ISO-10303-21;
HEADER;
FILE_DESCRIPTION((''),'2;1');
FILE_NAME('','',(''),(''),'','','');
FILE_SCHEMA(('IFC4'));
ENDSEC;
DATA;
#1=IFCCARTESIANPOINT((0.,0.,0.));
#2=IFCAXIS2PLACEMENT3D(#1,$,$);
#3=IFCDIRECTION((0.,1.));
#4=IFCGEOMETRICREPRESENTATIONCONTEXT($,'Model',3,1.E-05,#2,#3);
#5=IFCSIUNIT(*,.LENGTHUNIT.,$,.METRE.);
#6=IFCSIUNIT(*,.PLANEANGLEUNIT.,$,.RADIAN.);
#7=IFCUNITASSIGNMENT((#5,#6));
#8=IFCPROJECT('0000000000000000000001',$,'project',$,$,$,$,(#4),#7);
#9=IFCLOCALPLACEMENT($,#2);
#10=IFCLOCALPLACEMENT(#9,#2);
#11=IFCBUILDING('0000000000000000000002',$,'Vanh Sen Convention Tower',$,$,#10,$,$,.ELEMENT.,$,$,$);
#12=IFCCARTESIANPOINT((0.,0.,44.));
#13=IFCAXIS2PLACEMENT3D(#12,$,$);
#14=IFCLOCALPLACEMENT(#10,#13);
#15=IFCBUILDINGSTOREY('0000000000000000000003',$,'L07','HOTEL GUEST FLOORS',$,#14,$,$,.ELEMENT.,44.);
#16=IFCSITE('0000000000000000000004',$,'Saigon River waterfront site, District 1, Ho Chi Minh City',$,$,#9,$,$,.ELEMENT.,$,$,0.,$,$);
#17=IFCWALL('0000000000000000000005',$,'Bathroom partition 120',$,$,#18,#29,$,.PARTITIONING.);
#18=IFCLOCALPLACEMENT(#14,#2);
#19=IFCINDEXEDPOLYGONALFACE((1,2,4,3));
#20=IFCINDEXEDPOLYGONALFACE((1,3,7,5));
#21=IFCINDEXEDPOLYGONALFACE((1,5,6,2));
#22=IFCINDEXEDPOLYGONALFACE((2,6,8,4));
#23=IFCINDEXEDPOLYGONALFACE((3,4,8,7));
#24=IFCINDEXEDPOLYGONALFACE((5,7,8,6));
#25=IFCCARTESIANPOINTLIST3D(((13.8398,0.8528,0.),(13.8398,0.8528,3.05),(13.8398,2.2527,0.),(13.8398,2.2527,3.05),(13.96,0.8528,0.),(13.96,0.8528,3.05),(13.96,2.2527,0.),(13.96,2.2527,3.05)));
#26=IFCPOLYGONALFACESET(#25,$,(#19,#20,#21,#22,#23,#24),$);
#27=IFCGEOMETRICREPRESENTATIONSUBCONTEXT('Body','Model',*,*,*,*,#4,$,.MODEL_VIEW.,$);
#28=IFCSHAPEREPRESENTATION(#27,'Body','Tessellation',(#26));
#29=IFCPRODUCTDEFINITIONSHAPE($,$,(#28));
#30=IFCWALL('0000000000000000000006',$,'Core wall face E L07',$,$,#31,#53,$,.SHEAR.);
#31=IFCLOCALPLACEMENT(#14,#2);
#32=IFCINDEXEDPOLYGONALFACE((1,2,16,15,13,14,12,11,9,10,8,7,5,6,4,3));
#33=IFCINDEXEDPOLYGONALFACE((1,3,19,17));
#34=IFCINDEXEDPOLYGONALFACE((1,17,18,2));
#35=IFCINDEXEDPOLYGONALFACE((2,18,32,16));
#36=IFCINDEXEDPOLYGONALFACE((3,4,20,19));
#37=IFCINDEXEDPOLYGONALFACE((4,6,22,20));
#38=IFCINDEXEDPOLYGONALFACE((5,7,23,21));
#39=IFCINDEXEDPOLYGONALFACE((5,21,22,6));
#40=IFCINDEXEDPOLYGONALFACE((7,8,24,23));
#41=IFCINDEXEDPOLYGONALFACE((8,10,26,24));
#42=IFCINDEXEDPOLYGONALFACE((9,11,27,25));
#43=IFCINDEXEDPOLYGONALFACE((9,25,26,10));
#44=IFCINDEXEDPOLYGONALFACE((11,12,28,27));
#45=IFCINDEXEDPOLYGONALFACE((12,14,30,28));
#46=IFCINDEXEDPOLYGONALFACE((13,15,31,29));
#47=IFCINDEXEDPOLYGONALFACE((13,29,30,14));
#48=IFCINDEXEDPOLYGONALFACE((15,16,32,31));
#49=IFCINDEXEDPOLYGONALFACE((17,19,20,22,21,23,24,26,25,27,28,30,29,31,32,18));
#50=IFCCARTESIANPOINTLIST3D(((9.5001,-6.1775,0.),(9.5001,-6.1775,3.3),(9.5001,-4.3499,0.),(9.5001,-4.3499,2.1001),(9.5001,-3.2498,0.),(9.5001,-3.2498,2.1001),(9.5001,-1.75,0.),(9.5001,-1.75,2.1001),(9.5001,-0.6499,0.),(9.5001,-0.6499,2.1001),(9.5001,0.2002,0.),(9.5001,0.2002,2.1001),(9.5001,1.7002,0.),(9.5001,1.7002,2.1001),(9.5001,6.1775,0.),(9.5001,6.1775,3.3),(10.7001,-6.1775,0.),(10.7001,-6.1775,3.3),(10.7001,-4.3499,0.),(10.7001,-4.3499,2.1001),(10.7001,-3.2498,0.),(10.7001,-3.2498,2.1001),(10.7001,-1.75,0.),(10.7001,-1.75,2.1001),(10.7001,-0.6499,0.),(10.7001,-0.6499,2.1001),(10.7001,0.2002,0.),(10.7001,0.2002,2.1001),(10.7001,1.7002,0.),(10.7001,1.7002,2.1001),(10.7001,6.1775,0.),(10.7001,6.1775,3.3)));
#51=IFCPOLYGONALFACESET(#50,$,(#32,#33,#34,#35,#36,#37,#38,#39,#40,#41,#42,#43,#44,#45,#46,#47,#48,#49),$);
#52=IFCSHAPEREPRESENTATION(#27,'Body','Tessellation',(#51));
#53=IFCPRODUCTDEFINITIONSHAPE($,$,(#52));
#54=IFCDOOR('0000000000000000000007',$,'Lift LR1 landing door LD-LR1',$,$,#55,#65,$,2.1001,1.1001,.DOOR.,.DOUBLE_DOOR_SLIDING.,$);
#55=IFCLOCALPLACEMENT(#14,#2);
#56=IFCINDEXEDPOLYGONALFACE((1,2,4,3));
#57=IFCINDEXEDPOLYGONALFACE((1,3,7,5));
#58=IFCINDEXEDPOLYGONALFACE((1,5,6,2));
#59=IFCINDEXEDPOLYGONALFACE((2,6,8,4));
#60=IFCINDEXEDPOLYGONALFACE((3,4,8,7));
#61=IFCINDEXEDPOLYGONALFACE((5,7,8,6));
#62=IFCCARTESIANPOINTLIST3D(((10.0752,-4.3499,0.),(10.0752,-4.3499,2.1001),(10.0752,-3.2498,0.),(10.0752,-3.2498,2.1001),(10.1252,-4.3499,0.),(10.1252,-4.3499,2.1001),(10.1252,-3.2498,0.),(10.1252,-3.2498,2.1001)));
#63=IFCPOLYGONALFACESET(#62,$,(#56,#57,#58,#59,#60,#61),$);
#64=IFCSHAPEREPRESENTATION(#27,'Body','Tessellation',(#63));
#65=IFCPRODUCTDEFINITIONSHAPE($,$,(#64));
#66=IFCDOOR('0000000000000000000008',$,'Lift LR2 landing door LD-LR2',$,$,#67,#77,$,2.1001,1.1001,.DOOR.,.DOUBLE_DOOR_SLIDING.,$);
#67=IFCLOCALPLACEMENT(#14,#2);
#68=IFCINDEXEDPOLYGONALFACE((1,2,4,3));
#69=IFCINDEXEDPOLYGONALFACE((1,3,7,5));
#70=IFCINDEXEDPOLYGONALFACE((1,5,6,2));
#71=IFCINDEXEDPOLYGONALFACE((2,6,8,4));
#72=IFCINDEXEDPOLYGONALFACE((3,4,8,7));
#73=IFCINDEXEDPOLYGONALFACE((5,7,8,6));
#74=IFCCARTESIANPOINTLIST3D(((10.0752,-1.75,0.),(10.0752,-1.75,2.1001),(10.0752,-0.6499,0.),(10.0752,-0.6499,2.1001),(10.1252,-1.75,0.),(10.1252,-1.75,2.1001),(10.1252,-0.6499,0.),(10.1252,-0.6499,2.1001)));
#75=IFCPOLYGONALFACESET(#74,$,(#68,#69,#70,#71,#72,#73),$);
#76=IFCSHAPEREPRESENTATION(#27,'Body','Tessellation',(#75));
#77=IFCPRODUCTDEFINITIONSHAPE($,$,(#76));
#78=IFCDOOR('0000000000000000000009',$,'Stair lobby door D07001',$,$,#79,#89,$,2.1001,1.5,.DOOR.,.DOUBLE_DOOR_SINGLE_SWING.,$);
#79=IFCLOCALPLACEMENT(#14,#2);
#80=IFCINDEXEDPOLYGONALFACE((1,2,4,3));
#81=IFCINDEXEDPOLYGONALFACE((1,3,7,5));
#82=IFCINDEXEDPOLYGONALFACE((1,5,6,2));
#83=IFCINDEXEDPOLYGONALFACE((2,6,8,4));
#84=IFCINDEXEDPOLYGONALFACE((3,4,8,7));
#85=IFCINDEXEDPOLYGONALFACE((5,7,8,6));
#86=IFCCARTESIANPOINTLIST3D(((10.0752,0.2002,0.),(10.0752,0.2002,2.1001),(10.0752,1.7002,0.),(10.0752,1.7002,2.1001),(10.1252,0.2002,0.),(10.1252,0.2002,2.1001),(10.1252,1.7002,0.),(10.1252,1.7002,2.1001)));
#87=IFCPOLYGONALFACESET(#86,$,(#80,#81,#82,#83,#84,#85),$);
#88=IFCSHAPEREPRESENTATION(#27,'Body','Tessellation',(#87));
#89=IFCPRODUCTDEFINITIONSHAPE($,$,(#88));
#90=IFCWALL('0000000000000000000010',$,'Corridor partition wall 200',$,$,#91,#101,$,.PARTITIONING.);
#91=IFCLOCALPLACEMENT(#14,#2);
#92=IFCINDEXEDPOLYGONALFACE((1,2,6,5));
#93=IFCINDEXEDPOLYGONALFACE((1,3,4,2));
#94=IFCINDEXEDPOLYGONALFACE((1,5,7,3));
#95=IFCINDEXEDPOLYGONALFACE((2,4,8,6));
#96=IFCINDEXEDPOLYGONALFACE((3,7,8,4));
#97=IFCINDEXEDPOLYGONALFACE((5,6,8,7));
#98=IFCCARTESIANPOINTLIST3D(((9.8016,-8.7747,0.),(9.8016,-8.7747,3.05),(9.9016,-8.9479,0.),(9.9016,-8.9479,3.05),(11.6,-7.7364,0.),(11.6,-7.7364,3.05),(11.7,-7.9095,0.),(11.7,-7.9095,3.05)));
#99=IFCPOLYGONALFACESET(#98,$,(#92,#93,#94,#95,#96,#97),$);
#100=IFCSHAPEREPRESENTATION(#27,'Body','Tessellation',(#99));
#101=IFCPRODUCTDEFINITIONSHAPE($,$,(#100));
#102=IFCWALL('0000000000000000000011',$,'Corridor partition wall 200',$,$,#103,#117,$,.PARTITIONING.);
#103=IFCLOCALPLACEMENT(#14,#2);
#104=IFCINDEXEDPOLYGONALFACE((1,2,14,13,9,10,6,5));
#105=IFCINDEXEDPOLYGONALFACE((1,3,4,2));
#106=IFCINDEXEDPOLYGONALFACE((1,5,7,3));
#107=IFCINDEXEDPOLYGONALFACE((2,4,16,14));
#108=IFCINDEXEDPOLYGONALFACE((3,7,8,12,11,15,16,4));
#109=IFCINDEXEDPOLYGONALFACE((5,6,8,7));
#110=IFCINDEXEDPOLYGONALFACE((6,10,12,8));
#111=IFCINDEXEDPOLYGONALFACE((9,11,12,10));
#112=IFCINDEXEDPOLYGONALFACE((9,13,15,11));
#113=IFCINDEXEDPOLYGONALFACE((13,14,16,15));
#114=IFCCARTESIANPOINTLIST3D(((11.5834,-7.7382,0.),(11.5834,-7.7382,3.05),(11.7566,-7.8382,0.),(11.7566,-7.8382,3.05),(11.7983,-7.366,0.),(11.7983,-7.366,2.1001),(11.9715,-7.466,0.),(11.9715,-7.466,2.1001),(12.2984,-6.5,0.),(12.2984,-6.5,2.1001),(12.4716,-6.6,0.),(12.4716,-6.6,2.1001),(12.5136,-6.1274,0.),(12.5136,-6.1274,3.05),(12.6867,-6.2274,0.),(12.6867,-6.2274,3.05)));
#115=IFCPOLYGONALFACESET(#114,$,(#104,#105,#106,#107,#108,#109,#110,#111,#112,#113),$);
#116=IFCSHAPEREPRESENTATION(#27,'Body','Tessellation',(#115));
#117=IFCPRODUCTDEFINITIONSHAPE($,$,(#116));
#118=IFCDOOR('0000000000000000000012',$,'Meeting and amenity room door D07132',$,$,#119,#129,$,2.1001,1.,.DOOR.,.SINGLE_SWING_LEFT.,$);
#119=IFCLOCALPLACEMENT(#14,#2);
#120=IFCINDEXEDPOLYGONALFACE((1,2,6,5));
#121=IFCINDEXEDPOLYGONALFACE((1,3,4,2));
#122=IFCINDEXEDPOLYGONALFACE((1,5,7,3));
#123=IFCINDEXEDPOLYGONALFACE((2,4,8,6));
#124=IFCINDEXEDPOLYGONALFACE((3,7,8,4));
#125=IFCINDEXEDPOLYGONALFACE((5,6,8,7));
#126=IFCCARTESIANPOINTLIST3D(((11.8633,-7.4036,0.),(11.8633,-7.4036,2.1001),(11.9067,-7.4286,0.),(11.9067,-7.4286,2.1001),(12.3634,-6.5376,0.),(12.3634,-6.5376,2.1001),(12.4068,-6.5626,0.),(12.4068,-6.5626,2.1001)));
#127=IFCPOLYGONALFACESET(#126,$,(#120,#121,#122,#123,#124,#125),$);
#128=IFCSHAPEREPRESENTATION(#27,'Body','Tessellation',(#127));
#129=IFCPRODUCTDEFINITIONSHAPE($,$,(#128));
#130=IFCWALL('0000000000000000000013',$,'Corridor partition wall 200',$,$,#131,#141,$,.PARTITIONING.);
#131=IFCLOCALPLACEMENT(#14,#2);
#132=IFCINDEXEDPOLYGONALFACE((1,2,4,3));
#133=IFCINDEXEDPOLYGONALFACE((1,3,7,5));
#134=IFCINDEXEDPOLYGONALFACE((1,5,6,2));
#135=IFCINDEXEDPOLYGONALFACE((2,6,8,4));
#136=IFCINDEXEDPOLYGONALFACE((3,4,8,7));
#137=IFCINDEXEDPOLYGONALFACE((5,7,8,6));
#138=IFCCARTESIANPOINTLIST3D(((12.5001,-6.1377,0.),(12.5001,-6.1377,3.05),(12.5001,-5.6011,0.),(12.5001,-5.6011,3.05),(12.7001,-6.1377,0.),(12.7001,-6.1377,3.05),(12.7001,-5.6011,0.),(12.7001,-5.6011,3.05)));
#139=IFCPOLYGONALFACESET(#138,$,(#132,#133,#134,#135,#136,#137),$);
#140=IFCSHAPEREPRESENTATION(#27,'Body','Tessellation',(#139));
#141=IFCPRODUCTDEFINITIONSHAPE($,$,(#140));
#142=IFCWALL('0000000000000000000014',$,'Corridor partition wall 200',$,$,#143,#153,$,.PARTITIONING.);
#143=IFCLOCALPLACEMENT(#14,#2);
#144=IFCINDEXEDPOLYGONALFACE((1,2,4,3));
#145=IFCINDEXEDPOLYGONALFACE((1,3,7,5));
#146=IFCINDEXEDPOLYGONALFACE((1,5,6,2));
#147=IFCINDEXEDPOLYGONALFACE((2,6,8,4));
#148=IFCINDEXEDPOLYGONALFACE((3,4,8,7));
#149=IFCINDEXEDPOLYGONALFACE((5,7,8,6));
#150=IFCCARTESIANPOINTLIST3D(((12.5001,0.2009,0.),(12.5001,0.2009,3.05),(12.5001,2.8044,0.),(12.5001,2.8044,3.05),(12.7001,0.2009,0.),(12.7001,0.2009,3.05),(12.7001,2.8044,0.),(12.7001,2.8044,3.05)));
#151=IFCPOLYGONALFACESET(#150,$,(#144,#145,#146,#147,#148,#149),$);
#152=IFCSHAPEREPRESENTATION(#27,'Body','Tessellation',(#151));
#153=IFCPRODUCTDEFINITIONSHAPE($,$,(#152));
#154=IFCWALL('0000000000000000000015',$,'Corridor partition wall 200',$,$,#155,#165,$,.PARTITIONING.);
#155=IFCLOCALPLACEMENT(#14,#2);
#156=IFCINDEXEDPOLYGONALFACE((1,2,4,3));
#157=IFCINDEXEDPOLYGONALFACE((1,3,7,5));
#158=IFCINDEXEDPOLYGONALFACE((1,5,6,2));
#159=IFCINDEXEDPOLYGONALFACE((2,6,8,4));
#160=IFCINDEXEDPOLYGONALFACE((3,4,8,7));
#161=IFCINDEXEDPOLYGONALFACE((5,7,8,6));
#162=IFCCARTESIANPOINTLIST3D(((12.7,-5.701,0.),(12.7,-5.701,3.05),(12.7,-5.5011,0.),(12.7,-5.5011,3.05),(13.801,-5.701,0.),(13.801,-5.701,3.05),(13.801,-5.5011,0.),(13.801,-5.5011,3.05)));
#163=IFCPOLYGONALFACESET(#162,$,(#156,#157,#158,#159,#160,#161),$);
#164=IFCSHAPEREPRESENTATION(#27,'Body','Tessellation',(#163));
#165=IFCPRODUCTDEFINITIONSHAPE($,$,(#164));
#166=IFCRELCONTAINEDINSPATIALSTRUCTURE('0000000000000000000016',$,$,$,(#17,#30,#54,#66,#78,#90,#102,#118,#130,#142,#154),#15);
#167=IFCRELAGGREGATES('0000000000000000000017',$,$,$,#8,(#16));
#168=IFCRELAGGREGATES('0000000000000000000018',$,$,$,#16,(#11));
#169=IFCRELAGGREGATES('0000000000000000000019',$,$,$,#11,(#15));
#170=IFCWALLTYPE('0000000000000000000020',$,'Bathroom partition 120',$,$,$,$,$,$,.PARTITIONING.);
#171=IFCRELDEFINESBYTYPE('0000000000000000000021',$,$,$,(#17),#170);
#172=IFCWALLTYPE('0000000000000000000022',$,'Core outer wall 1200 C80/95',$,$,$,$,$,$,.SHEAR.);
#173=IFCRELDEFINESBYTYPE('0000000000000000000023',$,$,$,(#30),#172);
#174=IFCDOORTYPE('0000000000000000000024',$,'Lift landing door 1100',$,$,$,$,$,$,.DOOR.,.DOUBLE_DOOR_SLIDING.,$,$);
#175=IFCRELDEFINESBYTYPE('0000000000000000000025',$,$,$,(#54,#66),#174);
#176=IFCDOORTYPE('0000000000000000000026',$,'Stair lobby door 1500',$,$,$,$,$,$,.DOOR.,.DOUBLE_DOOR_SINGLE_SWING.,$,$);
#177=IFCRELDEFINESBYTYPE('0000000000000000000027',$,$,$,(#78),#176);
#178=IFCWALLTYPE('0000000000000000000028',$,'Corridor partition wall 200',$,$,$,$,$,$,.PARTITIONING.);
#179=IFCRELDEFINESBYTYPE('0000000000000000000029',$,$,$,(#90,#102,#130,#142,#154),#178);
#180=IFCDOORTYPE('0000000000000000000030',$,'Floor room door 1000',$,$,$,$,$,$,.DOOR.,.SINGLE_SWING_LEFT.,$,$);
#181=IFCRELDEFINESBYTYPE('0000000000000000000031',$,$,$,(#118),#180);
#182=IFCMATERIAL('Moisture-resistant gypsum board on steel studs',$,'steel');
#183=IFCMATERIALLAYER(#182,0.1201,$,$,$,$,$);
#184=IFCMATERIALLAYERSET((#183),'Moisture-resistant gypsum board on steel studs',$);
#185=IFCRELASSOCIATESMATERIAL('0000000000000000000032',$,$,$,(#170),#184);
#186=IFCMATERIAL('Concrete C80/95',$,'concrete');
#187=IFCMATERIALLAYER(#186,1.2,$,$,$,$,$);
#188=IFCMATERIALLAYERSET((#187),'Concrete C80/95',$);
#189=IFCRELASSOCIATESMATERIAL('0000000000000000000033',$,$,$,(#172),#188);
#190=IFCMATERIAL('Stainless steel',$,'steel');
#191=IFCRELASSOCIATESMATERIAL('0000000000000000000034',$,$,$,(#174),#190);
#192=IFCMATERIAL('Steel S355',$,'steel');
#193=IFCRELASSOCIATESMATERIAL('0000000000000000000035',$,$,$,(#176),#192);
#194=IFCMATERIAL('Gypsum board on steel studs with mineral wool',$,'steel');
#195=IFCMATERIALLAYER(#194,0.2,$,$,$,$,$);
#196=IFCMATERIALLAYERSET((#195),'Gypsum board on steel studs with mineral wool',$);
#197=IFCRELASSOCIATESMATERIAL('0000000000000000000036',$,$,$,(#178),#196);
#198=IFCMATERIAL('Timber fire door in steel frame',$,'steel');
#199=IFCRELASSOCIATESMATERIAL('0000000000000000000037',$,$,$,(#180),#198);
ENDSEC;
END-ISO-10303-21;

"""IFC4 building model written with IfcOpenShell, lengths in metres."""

from ifc_helpers import new_model, si_unit, direction, frame, frame_2d, origin, place, context, subcontext, project, spatial, rectangle, extrude, material, layer, layer_set, type_object, element, fill, save


model = new_model("IFC4")

# Units and contexts
model_context = context("Model", 3, precision=1e-05, world=origin(), true_north=direction((0.0, 1.0)))
body_context = subcontext(model_context, "Body", "Model", "MODEL_VIEW")
ifc_project = project(units=[si_unit("LENGTHUNIT", "METRE"), si_unit("PLANEANGLEUNIT", "RADIAN")], contexts=[model_context])

# Site, building, storey
site_placement = place(None, origin())
site = spatial("IfcSite", under=ifc_project, at=site_placement, Name="Saigon River waterfront site, District 1, Ho Chi Minh City", CompositionType="ELEMENT", RefElevation=0.0)
building_placement = place(site_placement, origin())
building = spatial("IfcBuilding", under=site, at=building_placement, Name="Vanh Sen Convention Tower", CompositionType="ELEMENT")
storey_placement = place(building_placement, frame((0.0, 0.0, 44.0)))
storey = spatial("IfcBuildingStorey", under=building, at=storey_placement, Name="L07", Description="HOTEL GUEST FLOORS", CompositionType="ELEMENT", Elevation=44.0)

# Wall
ifc_material_1 = material(Name="Moisture-resistant gypsum board on steel studs", Category="steel")
ifc_layer_1 = layer(ifc_material_1, 0.1201)
ifc_layer_set_1 = layer_set([ifc_layer_1], Name="Moisture-resistant gypsum board on steel studs")
wall_type_1 = type_object("IfcWallType", Name="Bathroom partition 120", PredefinedType="PARTITIONING", material=ifc_layer_set_1)
wall_1_placement = place(storey_placement, frame((13.8999, 0.8528, 0.0), z_axis=(0.0, 0.0, 1.0), x_axis=(0.0, 1.0, 0.0)))
element("IfcWall", 1, at=wall_1_placement, inside=storey, type_object=wall_type_1, Name="Bathroom partition 120", PredefinedType="PARTITIONING", context=body_context, shape_type="SweptSolid", body=[
    extrude(rectangle(XDim=1.3999, YDim=0.1201, at=frame_2d((0.7, 0.0))), origin(), (0.0, 0.0, 1.0), 3.05),
])

# Wall, openings, doors
ifc_material_2 = material(Name="Concrete C80/95", Category="concrete")
ifc_layer_2 = layer(ifc_material_2, 1.2)
ifc_layer_set_2 = layer_set([ifc_layer_2], Name="Concrete C80/95")
wall_type_2 = type_object("IfcWallType", Name="Core outer wall 1200 C80/95", PredefinedType="SHEAR", material=ifc_layer_set_2)
wall_2_placement = place(storey_placement, frame((10.1001, -6.1775, 0.0), z_axis=(0.0, 0.0, 1.0), x_axis=(0.0, 1.0, 0.0)))
wall_2 = element("IfcWall", 2, at=wall_2_placement, inside=storey, type_object=wall_type_2, Name="Core wall face E L07", PredefinedType="SHEAR", context=body_context, shape_type="SweptSolid", body=[
    extrude(rectangle(XDim=12.355, YDim=1.2, at=frame_2d((6.1775, 0.0))), origin(), (0.0, 0.0, 1.0), 3.3),
])
opening_1_placement = place(wall_2_placement, frame((6.3777, 0.0, 0.0)))
opening_1 = element("IfcOpeningElement", 3, at=opening_1_placement, cuts=wall_2, PredefinedType="OPENING", context=body_context, shape_type="SweptSolid", body=[
    extrude(rectangle(XDim=1.5, YDim=2.1001, at=frame_2d((0.75, 1.05))), frame((0.0, 0.6099, 0.0), z_axis=(0.0, -1.0, 0.0), x_axis=(1.0, 0.0, 0.0)), (0.0, 0.0, 1.0), 1.22),
])
opening_2_placement = place(wall_2_placement, frame((1.8276, 0.0, 0.0)))
opening_2 = element("IfcOpeningElement", 4, at=opening_2_placement, cuts=wall_2, PredefinedType="OPENING", context=body_context, shape_type="SweptSolid", body=[
    extrude(rectangle(XDim=1.1001, YDim=2.1001, at=frame_2d((0.55, 1.05))), frame((0.0, 0.6099, 0.0), z_axis=(0.0, -1.0, 0.0), x_axis=(1.0, 0.0, 0.0)), (0.0, 0.0, 1.0), 1.22),
])
opening_3_placement = place(wall_2_placement, frame((4.4275, 0.0, 0.0)))
opening_3 = element("IfcOpeningElement", 5, at=opening_3_placement, cuts=wall_2, PredefinedType="OPENING", context=body_context, shape_type="SweptSolid", body=[
    extrude(rectangle(XDim=1.1001, YDim=2.1001, at=frame_2d((0.55, 1.05))), frame((0.0, 0.6099, 0.0), z_axis=(0.0, -1.0, 0.0), x_axis=(1.0, 0.0, 0.0)), (0.0, 0.0, 1.0), 1.22),
])
ifc_material_3 = material(Name="Stainless steel", Category="steel")
door_type_1 = type_object("IfcDoorType", Name="Lift landing door 1100", OperationType="DOUBLE_DOOR_SLIDING", PredefinedType="DOOR", material=ifc_material_3)
door_1_placement = place(opening_2_placement, origin())
door_1 = element("IfcDoor", 6, at=door_1_placement, inside=storey, type_object=door_type_1, Name="Lift LR1 landing door LD-LR1", OperationType="DOUBLE_DOOR_SLIDING", OverallHeight=2.1001, OverallWidth=1.1001, PredefinedType="DOOR", context=body_context, shape_type="SweptSolid", body=[
    extrude(rectangle(XDim=1.1001, YDim=2.1001, at=frame_2d((0.55, 1.05))), frame((0.0, 0.0249, 0.0), z_axis=(0.0, -1.0, 0.0), x_axis=(1.0, 0.0, 0.0)), (0.0, 0.0, 1.0), 0.05),
])
fill(opening_2, door_1)
door_2_placement = place(opening_3_placement, origin())
door_2 = element("IfcDoor", 7, at=door_2_placement, inside=storey, type_object=door_type_1, Name="Lift LR2 landing door LD-LR2", OperationType="DOUBLE_DOOR_SLIDING", OverallHeight=2.1001, OverallWidth=1.1001, PredefinedType="DOOR", context=body_context, shape_type="SweptSolid", body=[
    extrude(rectangle(XDim=1.1001, YDim=2.1001, at=frame_2d((0.55, 1.05))), frame((0.0, 0.0249, 0.0), z_axis=(0.0, -1.0, 0.0), x_axis=(1.0, 0.0, 0.0)), (0.0, 0.0, 1.0), 0.05),
])
fill(opening_3, door_2)
ifc_material_4 = material(Name="Steel S355", Category="steel")
door_type_2 = type_object("IfcDoorType", Name="Stair lobby door 1500", OperationType="DOUBLE_DOOR_SINGLE_SWING", PredefinedType="DOOR", material=ifc_material_4)
door_3_placement = place(opening_1_placement, origin())
door_3 = element("IfcDoor", 8, at=door_3_placement, inside=storey, type_object=door_type_2, Name="Stair lobby door D07001", OperationType="DOUBLE_DOOR_SINGLE_SWING", OverallHeight=2.1001, OverallWidth=1.5, PredefinedType="DOOR", context=body_context, shape_type="SweptSolid", body=[
    extrude(rectangle(XDim=1.5, YDim=2.1001, at=frame_2d((0.75, 1.05))), frame((0.0, 0.0249, 0.0), z_axis=(0.0, -1.0, 0.0), x_axis=(1.0, 0.0, 0.0)), (0.0, 0.0, 1.0), 0.05),
])
fill(opening_1, door_3)

# Wall
ifc_material_5 = material(Name="Gypsum board on steel studs with mineral wool", Category="steel")
ifc_layer_3 = layer(ifc_material_5, 0.2)
ifc_layer_set_3 = layer_set([ifc_layer_3], Name="Gypsum board on steel studs with mineral wool")
wall_type_3 = type_object("IfcWallType", Name="Corridor partition wall 200", PredefinedType="PARTITIONING", material=ifc_layer_set_3)
wall_3_placement = place(storey_placement, frame((9.8516, -8.8613, 0.0), z_axis=(0.0, 0.0, 1.0), x_axis=(0.866013, 0.500021, 0.0)))
element("IfcWall", 9, at=wall_3_placement, inside=storey, type_object=wall_type_3, Name="Corridor partition wall 200", PredefinedType="PARTITIONING", context=body_context, shape_type="SweptSolid", body=[
    extrude(rectangle(XDim=2.0767, YDim=0.2, at=frame_2d((1.0383, 0.0))), origin(), (0.0, 0.0, 1.0), 3.05),
])

# Wall, opening, door
wall_4_placement = place(storey_placement, frame((11.6699, -7.7883, 0.0), z_axis=(0.0, 0.0, 1.0), x_axis=(0.500063, 0.865989, 0.0)))
wall_4 = element("IfcWall", 10, at=wall_4_placement, inside=storey, type_object=wall_type_3, Name="Corridor partition wall 200", PredefinedType="PARTITIONING", context=body_context, shape_type="SweptSolid", body=[
    extrude(rectangle(XDim=1.8601, YDim=0.2, at=frame_2d((0.9302, 0.0))), origin(), (0.0, 0.0, 1.0), 3.05),
])
opening_4_placement = place(wall_4_placement, frame((0.4299, 0.0, 0.0)))
opening_4 = element("IfcOpeningElement", 11, at=opening_4_placement, cuts=wall_4, PredefinedType="OPENING", context=body_context, shape_type="SweptSolid", body=[
    extrude(rectangle(XDim=1.0, YDim=2.1001, at=frame_2d((0.5, 1.05))), frame((0.0, 0.1099, 0.0), z_axis=(0.0, -1.0, 0.0), x_axis=(1.0, 0.0, 0.0)), (0.0, 0.0, 1.0), 0.22),
])
ifc_material_6 = material(Name="Timber fire door in steel frame", Category="steel")
door_type_3 = type_object("IfcDoorType", Name="Floor room door 1000", OperationType="SINGLE_SWING_LEFT", PredefinedType="DOOR", material=ifc_material_6)
door_4_placement = place(opening_4_placement, origin())
door_4 = element("IfcDoor", 12, at=door_4_placement, inside=storey, type_object=door_type_3, Name="Meeting and amenity room door D07132", OperationType="SINGLE_SWING_LEFT", OverallHeight=2.1001, OverallWidth=1.0, PredefinedType="DOOR", context=body_context, shape_type="SweptSolid", body=[
    extrude(rectangle(XDim=1.0, YDim=2.1001, at=frame_2d((0.5, 1.05))), frame((0.0, 0.0249, 0.0), z_axis=(0.0, -1.0, 0.0), x_axis=(1.0, 0.0, 0.0)), (0.0, 0.0, 1.0), 0.05),
])
fill(opening_4, door_4)

# Walls
wall_5_placement = place(storey_placement, frame((12.6001, -6.1377, 0.0), z_axis=(0.0, 0.0, 1.0), x_axis=(0.0, 1.0, 0.0)))
element("IfcWall", 13, at=wall_5_placement, inside=storey, type_object=wall_type_3, Name="Corridor partition wall 200", PredefinedType="PARTITIONING", context=body_context, shape_type="SweptSolid", body=[
    extrude(rectangle(XDim=0.5366, YDim=0.2, at=frame_2d((0.2683, 0.0))), origin(), (0.0, 0.0, 1.0), 3.05),
])
wall_6_placement = place(storey_placement, frame((12.6001, 0.2009, 0.0), z_axis=(0.0, 0.0, 1.0), x_axis=(0.0, 1.0, 0.0)))
element("IfcWall", 14, at=wall_6_placement, inside=storey, type_object=wall_type_3, Name="Corridor partition wall 200", PredefinedType="PARTITIONING", context=body_context, shape_type="SweptSolid", body=[
    extrude(rectangle(XDim=2.6035, YDim=0.2, at=frame_2d((1.3018, 0.0))), origin(), (0.0, 0.0, 1.0), 3.05),
])
wall_7_placement = place(storey_placement, frame((12.7, -5.6011, 0.0), z_axis=(0.0, 0.0, 1.0), x_axis=(1.0, 0.0, 0.0)))
element("IfcWall", 15, at=wall_7_placement, inside=storey, type_object=wall_type_3, Name="Corridor partition wall 200", PredefinedType="PARTITIONING", context=body_context, shape_type="SweptSolid", body=[
    extrude(rectangle(XDim=1.1011, YDim=0.2, at=frame_2d((0.5505, 0.0))), origin(), (0.0, 0.0, 1.0), 3.05),
])

save(model, "model.ifc")
